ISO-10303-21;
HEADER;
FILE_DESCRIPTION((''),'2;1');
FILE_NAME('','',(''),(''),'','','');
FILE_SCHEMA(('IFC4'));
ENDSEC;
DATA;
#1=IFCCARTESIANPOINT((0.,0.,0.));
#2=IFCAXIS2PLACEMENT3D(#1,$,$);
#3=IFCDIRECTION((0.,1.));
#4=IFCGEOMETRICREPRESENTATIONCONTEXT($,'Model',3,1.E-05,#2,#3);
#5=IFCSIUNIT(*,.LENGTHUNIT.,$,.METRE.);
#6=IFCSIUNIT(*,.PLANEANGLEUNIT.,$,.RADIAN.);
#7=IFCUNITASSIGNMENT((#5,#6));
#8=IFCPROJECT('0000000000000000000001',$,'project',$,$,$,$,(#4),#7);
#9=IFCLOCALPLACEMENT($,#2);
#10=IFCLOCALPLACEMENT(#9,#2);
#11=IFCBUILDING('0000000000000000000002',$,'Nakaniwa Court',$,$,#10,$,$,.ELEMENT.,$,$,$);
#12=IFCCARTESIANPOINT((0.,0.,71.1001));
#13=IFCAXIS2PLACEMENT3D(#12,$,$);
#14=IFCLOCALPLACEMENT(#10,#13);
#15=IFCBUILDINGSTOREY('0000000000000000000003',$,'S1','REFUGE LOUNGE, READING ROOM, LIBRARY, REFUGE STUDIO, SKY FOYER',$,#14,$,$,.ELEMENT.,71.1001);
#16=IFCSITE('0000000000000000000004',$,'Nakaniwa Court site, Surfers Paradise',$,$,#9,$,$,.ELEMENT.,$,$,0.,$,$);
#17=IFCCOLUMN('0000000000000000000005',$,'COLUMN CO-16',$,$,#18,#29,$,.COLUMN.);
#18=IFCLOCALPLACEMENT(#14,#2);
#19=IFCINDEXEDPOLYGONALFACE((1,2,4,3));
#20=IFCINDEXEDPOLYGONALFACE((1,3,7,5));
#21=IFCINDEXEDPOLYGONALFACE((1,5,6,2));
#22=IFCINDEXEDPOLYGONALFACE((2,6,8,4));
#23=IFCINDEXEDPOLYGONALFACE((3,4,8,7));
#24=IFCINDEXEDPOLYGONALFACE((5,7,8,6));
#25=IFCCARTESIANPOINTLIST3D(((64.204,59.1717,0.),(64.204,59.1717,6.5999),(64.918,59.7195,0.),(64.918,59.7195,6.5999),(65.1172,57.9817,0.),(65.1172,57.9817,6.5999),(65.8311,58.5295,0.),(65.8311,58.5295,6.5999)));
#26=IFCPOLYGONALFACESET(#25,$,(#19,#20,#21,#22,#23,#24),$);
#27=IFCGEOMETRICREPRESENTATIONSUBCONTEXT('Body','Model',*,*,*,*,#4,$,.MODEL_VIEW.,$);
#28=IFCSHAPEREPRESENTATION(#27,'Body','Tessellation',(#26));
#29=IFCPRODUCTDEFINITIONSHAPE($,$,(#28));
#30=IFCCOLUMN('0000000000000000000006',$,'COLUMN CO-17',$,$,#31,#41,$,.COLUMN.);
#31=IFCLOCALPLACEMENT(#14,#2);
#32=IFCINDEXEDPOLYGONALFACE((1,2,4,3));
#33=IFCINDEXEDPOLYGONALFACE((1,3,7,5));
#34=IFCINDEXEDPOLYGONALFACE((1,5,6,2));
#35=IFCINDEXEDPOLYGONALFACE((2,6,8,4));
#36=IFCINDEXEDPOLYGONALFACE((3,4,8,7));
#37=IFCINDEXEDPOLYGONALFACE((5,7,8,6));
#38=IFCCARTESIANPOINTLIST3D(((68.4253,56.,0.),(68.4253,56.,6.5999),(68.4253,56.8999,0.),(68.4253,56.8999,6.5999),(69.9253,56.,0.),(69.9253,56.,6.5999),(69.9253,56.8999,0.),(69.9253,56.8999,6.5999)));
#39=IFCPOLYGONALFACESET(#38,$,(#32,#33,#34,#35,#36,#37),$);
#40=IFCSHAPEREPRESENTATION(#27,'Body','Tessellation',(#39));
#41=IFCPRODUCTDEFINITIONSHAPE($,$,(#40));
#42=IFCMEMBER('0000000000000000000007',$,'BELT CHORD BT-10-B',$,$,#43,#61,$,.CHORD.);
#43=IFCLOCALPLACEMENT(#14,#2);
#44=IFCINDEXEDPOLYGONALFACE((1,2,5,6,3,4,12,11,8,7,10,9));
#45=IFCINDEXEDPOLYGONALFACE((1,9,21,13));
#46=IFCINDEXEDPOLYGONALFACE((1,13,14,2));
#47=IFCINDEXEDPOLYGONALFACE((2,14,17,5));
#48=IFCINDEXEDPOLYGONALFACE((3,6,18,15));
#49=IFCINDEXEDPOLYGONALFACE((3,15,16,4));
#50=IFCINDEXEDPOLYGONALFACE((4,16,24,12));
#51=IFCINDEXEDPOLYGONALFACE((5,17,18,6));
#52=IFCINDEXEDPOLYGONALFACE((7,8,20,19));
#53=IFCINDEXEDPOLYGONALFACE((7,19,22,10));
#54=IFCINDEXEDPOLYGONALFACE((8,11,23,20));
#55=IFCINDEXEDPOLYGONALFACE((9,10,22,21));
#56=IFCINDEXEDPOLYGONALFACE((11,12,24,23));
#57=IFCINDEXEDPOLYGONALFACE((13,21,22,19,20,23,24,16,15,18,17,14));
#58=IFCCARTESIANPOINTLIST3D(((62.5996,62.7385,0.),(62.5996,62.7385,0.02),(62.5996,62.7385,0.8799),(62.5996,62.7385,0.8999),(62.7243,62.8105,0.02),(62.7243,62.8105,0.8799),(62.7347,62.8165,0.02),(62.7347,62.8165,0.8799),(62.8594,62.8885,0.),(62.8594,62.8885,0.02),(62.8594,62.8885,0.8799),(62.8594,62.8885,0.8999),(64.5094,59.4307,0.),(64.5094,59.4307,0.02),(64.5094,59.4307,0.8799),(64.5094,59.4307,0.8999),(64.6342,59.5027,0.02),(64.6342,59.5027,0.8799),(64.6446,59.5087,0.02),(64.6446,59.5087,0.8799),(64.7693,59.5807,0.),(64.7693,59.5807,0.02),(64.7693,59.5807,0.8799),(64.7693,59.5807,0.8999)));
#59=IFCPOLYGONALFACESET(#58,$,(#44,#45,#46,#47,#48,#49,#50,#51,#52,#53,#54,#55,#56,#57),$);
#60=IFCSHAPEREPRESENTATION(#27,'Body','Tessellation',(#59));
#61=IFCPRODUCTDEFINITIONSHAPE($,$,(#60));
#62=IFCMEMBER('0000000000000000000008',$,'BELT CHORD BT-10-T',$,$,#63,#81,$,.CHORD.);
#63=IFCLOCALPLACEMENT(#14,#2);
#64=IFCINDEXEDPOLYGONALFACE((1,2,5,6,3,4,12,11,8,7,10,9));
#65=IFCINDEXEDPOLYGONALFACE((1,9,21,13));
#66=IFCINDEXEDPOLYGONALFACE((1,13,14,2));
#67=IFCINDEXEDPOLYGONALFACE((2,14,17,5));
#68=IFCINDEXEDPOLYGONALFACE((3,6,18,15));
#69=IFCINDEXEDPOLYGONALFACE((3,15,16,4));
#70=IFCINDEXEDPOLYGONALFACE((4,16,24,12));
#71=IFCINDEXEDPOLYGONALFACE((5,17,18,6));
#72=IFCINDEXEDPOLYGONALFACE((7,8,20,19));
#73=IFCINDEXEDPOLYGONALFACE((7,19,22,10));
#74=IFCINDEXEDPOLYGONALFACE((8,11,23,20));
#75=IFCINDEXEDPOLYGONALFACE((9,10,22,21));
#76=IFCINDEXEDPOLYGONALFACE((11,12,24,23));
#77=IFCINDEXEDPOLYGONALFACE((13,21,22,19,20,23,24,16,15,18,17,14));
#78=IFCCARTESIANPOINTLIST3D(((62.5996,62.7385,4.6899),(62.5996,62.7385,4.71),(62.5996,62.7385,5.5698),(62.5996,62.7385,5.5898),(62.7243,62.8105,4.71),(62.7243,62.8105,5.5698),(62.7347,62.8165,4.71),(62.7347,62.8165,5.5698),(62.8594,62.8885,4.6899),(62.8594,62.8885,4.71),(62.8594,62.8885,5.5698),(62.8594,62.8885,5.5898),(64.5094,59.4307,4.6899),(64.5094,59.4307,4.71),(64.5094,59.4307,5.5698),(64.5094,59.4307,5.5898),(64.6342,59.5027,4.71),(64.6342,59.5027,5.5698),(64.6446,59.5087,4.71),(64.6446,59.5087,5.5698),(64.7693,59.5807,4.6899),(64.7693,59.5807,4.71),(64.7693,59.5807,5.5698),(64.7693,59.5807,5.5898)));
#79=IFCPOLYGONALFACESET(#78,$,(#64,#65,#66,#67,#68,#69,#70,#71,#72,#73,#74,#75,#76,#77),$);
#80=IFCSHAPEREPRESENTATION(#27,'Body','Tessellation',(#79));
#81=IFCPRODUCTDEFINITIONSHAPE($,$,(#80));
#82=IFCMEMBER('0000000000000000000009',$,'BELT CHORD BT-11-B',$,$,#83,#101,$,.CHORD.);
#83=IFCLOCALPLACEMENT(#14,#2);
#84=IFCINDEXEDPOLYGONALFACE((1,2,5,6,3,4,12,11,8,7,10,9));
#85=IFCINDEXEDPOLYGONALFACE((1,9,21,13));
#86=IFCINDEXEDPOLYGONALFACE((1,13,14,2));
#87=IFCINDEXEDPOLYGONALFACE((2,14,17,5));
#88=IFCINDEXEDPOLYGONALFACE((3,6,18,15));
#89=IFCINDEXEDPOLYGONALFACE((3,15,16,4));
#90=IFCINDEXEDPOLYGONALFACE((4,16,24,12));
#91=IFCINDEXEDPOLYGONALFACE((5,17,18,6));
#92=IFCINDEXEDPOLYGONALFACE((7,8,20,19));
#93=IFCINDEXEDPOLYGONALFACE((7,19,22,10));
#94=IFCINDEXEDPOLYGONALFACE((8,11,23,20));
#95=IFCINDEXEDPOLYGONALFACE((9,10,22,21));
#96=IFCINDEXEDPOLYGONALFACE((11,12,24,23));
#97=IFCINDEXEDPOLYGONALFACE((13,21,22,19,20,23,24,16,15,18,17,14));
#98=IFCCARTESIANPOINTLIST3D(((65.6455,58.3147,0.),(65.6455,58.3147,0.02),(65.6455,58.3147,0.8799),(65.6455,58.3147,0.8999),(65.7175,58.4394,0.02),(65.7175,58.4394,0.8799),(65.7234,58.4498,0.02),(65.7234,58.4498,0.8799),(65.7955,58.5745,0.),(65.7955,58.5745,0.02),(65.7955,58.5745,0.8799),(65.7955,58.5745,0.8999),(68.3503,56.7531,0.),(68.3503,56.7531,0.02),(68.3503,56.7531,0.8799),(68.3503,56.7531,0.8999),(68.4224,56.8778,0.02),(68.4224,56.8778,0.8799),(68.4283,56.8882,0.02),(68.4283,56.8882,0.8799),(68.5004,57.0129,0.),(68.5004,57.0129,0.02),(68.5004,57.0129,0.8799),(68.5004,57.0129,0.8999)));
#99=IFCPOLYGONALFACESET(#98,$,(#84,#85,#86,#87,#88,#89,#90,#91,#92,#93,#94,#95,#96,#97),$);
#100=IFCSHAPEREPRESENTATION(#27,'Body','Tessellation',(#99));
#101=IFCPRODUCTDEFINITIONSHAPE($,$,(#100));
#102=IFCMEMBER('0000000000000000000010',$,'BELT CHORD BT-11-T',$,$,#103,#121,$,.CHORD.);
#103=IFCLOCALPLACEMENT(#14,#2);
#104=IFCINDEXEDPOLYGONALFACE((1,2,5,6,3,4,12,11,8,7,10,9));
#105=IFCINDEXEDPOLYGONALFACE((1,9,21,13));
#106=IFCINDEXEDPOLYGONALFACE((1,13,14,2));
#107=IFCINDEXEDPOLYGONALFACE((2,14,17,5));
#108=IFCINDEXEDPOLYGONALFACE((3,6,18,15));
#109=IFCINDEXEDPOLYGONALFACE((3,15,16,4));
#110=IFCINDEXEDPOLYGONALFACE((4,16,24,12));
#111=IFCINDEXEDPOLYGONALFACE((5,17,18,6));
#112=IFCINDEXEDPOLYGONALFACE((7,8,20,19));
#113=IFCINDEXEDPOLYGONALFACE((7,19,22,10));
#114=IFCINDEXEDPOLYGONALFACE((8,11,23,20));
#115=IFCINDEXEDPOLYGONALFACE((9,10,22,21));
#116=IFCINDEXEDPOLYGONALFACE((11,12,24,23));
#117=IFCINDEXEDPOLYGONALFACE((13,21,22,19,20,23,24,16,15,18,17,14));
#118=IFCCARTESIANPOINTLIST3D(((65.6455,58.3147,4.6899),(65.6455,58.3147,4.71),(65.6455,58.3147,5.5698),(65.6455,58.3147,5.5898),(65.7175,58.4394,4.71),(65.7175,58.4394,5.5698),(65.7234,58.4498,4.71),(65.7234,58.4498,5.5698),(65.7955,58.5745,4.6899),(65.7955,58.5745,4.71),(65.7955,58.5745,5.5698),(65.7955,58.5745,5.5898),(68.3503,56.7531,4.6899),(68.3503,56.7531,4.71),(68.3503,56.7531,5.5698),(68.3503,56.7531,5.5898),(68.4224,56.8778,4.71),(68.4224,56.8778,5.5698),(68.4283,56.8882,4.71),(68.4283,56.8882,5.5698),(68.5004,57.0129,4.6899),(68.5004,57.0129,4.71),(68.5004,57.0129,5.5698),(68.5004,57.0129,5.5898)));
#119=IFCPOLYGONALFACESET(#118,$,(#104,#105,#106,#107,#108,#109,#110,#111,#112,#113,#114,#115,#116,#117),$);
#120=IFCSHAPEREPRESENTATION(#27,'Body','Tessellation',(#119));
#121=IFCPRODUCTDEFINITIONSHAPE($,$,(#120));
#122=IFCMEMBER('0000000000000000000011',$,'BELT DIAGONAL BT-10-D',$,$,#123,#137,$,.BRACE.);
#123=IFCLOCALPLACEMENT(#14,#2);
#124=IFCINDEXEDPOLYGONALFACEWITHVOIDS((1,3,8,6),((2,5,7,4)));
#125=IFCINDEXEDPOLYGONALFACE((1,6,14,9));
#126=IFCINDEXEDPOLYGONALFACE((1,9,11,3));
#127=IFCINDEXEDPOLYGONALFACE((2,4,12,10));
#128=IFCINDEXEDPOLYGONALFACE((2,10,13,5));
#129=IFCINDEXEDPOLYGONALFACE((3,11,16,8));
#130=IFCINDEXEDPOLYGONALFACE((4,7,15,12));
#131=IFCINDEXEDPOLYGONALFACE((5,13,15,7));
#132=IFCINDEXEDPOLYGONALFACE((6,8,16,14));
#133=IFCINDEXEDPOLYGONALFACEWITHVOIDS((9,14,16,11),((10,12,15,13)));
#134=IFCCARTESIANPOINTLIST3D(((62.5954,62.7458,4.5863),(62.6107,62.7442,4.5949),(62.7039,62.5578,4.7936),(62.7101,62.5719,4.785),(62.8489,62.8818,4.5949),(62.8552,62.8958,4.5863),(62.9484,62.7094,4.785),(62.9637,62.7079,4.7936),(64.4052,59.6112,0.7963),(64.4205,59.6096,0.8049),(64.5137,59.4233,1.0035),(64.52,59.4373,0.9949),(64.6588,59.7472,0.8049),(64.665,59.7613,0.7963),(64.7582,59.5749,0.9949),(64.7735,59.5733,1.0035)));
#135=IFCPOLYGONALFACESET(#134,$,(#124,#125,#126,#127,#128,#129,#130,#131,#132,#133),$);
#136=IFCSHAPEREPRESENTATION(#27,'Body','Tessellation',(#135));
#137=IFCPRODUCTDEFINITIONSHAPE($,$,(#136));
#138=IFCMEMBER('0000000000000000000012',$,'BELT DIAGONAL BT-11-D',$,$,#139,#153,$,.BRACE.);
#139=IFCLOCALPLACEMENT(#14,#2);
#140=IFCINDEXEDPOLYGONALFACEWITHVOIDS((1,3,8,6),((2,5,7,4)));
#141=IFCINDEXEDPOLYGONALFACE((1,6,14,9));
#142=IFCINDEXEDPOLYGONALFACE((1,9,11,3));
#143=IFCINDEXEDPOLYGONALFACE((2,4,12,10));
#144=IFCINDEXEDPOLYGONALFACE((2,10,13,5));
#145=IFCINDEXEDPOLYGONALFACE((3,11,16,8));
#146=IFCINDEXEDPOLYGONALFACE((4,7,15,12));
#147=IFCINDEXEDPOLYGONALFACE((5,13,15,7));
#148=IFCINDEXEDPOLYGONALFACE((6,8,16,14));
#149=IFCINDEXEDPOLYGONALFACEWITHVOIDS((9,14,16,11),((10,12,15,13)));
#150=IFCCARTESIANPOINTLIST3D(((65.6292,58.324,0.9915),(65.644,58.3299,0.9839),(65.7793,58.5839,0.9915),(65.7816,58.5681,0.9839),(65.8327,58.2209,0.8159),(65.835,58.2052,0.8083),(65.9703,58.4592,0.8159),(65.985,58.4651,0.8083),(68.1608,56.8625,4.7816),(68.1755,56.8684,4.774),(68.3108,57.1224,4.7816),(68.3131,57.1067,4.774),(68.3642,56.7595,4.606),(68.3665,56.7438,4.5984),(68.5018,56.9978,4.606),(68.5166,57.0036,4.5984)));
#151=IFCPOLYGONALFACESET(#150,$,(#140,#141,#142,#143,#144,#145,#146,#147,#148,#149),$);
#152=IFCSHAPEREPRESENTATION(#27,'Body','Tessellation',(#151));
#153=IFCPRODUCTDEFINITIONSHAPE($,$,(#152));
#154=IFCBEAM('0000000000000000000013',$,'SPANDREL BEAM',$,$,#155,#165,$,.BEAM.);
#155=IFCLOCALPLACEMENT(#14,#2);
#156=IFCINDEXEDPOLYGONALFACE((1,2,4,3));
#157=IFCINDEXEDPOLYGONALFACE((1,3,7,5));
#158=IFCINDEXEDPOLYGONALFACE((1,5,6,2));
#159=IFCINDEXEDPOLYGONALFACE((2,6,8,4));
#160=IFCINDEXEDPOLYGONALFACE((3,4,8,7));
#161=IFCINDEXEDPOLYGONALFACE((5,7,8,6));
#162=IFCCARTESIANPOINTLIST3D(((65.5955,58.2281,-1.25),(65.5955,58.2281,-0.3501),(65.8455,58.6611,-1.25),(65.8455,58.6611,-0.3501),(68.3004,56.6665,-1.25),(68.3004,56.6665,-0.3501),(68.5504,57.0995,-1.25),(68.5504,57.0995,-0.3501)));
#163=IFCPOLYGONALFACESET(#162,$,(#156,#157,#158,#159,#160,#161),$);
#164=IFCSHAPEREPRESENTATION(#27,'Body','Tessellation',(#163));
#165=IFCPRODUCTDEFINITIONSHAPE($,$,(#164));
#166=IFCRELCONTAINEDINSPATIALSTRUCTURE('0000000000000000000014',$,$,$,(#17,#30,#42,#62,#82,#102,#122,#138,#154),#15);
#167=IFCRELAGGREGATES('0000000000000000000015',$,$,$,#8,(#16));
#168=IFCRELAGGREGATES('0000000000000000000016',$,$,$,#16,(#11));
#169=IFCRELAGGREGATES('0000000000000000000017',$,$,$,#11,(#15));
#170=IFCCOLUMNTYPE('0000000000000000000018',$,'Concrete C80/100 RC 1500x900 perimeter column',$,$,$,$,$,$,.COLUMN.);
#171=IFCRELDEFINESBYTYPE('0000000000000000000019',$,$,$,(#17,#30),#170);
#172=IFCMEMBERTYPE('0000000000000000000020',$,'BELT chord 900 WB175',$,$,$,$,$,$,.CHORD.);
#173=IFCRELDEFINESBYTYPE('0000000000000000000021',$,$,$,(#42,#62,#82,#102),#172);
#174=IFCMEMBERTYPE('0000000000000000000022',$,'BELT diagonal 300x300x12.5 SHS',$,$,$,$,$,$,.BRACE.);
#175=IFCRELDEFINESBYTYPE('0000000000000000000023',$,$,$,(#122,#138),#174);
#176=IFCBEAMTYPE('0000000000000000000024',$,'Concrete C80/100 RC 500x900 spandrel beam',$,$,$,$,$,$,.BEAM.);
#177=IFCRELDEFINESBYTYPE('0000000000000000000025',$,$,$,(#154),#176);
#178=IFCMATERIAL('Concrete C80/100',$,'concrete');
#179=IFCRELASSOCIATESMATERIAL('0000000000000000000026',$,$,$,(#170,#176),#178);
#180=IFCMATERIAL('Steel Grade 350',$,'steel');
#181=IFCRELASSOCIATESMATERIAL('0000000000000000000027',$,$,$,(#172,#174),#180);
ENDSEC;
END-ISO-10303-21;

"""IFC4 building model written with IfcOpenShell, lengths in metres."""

from ifc_helpers import new_model, si_unit, direction, frame, origin, origin_2d, place, context, subcontext, project, spatial, rectangle, hollow_rectangle, i_section, extrude, material, material_profile, profile_set, type_object, element, save


model = new_model("IFC4")

# Units and contexts
model_context = context("Model", 3, precision=1e-05, world=origin(), true_north=direction((0.0, 1.0)))
body_context = subcontext(model_context, "Body", "Model", "MODEL_VIEW")
ifc_project = project(units=[si_unit("LENGTHUNIT", "METRE"), si_unit("PLANEANGLEUNIT", "RADIAN")], contexts=[model_context])

# Site, building, storey
site_placement = place(None, origin())
site = spatial("IfcSite", under=ifc_project, at=site_placement, Name="Nakaniwa Court site, Surfers Paradise", CompositionType="ELEMENT", RefElevation=0.0)
building_placement = place(site_placement, origin())
building = spatial("IfcBuilding", under=site, at=building_placement, Name="Nakaniwa Court", CompositionType="ELEMENT")
storey_placement = place(building_placement, frame((0.0, 0.0, 71.1001)))
storey = spatial("IfcBuildingStorey", under=building, at=storey_placement, Name="S1", Description="REFUGE LOUNGE, READING ROOM, LIBRARY, REFUGE STUDIO, SKY FOYER", CompositionType="ELEMENT", Elevation=71.1001)

# Columns
ifc_material_1 = material(Name="Concrete C80/100", Category="concrete")
ifc_material_profile_1 = material_profile(ifc_material_1, rectangle(XDim=1.5, YDim=0.8999, at=origin_2d()), Name="Concrete C80/100 RC 1500x900 perimeter column")
ifc_profile_set_1 = profile_set([ifc_material_profile_1], Name="Concrete C80/100")
column_type = type_object("IfcColumnType", Name="Concrete C80/100 RC 1500x900 perimeter column", PredefinedType="COLUMN", material=ifc_profile_set_1)
for number, where, z_axis, x_axis, name in (
    (1, (65.0176, 58.8506, 0.0), (0.0, 0.0, 1.0), (0.608761, -0.793353, 0.0), "COLUMN CO-16"),
    (2, (69.1753, 56.45, 0.0), (0.0, 0.0, 1.0), (1.0, 0.0, 0.0), "COLUMN CO-17"),
):
    element("IfcColumn", number, at=place(storey_placement, frame(where, z_axis=z_axis, x_axis=x_axis)), inside=storey, type_object=column_type, Name=name, PredefinedType="COLUMN", context=body_context, shape_type="SweptSolid", body=[
        extrude(rectangle(XDim=1.5, YDim=0.8999, at=origin_2d()), origin(), (0.0, 0.0, 1.0), 6.5999),
    ])

# Members
ifc_material_2 = material(Name="Steel Grade 350", Category="steel")
ifc_material_profile_2 = material_profile(ifc_material_2, i_section(OverallWidth=0.3, OverallDepth=0.8999, WebThickness=0.012, FlangeThickness=0.02, at=origin_2d()), Name="900WB175")
ifc_profile_set_2 = profile_set([ifc_material_profile_2], Name="Steel Grade 350")
member_type_1 = type_object("IfcMemberType", Name="BELT chord 900 WB175", PredefinedType="CHORD", material=ifc_profile_set_2)
for number, where, z_axis, x_axis, name in (
    (3, (62.7295, 62.8135, 0.45), (0.500023, -0.866012, 0.0), (0.866012, 0.500023, 0.0), "BELT CHORD BT-10-B"),
    (4, (62.7295, 62.8135, 5.1399), (0.500023, -0.866012, 0.0), (0.866012, 0.500023, 0.0), "BELT CHORD BT-10-T"),
):
    element("IfcMember", number, at=place(storey_placement, frame(where, z_axis=z_axis, x_axis=x_axis)), inside=storey, type_object=member_type_1, Name=name, PredefinedType="CHORD", context=body_context, shape_type="SweptSolid", body=[
        extrude(i_section(OverallWidth=0.3, OverallDepth=0.8999, WebThickness=0.012, FlangeThickness=0.02, at=origin_2d()), origin(), (0.0, 0.0, 1.0), 3.8196),
    ])
for number, where, z_axis, x_axis, name in (
    (5, (65.7205, 58.4446, 0.45), (0.866041, -0.499973, 0.0), (0.499973, 0.866041, 0.0), "BELT CHORD BT-11-B"),
    (6, (65.7205, 58.4446, 5.1399), (0.866041, -0.499973, 0.0), (0.499973, 0.866041, 0.0), "BELT CHORD BT-11-T"),
):
    element("IfcMember", number, at=place(storey_placement, frame(where, z_axis=z_axis, x_axis=x_axis)), inside=storey, type_object=member_type_1, Name=name, PredefinedType="CHORD", context=body_context, shape_type="SweptSolid", body=[
        extrude(i_section(OverallWidth=0.3, OverallDepth=0.8999, WebThickness=0.012, FlangeThickness=0.02, at=origin_2d()), origin(), (0.0, 0.0, 1.0), 3.1233),
    ])
ifc_material_profile_3 = material_profile(ifc_material_2, hollow_rectangle(XDim=0.3, YDim=0.3, WallThickness=0.0125, at=origin_2d()), Name="BELT diagonal 300x300x12.5 SHS")
ifc_profile_set_3 = profile_set([ifc_material_profile_3], Name="Steel Grade 350")
member_type_2 = type_object("IfcMemberType", Name="BELT diagonal 300x300x12.5 SHS", PredefinedType="BRACE", material=ifc_profile_set_3)
member_1_placement = place(storey_placement, frame((62.7795, 62.7268, 4.6899), z_axis=(0.345338, -0.59811, -0.723192), x_axis=(0.866014, 0.50002, 0.0)))
element("IfcMember", 7, at=member_1_placement, inside=storey, type_object=member_type_2, Name="BELT DIAGONAL BT-10-D", PredefinedType="BRACE", context=body_context, shape_type="SweptSolid", body=[
    extrude(hollow_rectangle(XDim=0.3, YDim=0.3, WallThickness=0.0125, at=origin_2d()), origin(), (0.0, 0.0, 1.0), 5.2407),
])
member_2_placement = place(storey_placement, frame((65.8071, 58.3945, 0.8999), z_axis=(0.528905, -0.305335, 0.791852), x_axis=(0.499966, 0.866045, 0.0)))
element("IfcMember", 8, at=member_2_placement, inside=storey, type_object=member_type_2, Name="BELT DIAGONAL BT-11-D", PredefinedType="BRACE", context=body_context, shape_type="SweptSolid", body=[
    extrude(hollow_rectangle(XDim=0.3, YDim=0.3, WallThickness=0.0125, at=origin_2d()), origin(), (0.0, 0.0, 1.0), 4.7864),
])

# Beam
ifc_material_profile_4 = material_profile(ifc_material_1, rectangle(XDim=0.5, YDim=0.8999, at=origin_2d()), Name="Concrete C80/100 RC 500x900 spandrel beam")
ifc_profile_set_4 = profile_set([ifc_material_profile_4], Name="Concrete C80/100")
beam_type = type_object("IfcBeamType", Name="Concrete C80/100 RC 500x900 spandrel beam", PredefinedType="BEAM", material=ifc_profile_set_4)
beam_placement = place(storey_placement, frame((65.7205, 58.4446, -0.8), z_axis=(0.866041, -0.499973, 0.0), x_axis=(0.499973, 0.866041, 0.0)))
element("IfcBeam", 9, at=beam_placement, inside=storey, type_object=beam_type, Name="SPANDREL BEAM", PredefinedType="BEAM", context=body_context, shape_type="SweptSolid", body=[
    extrude(rectangle(XDim=0.5, YDim=0.8999, at=origin_2d()), origin(), (0.0, 0.0, 1.0), 3.1233),
])

save(model, "model.ifc")
